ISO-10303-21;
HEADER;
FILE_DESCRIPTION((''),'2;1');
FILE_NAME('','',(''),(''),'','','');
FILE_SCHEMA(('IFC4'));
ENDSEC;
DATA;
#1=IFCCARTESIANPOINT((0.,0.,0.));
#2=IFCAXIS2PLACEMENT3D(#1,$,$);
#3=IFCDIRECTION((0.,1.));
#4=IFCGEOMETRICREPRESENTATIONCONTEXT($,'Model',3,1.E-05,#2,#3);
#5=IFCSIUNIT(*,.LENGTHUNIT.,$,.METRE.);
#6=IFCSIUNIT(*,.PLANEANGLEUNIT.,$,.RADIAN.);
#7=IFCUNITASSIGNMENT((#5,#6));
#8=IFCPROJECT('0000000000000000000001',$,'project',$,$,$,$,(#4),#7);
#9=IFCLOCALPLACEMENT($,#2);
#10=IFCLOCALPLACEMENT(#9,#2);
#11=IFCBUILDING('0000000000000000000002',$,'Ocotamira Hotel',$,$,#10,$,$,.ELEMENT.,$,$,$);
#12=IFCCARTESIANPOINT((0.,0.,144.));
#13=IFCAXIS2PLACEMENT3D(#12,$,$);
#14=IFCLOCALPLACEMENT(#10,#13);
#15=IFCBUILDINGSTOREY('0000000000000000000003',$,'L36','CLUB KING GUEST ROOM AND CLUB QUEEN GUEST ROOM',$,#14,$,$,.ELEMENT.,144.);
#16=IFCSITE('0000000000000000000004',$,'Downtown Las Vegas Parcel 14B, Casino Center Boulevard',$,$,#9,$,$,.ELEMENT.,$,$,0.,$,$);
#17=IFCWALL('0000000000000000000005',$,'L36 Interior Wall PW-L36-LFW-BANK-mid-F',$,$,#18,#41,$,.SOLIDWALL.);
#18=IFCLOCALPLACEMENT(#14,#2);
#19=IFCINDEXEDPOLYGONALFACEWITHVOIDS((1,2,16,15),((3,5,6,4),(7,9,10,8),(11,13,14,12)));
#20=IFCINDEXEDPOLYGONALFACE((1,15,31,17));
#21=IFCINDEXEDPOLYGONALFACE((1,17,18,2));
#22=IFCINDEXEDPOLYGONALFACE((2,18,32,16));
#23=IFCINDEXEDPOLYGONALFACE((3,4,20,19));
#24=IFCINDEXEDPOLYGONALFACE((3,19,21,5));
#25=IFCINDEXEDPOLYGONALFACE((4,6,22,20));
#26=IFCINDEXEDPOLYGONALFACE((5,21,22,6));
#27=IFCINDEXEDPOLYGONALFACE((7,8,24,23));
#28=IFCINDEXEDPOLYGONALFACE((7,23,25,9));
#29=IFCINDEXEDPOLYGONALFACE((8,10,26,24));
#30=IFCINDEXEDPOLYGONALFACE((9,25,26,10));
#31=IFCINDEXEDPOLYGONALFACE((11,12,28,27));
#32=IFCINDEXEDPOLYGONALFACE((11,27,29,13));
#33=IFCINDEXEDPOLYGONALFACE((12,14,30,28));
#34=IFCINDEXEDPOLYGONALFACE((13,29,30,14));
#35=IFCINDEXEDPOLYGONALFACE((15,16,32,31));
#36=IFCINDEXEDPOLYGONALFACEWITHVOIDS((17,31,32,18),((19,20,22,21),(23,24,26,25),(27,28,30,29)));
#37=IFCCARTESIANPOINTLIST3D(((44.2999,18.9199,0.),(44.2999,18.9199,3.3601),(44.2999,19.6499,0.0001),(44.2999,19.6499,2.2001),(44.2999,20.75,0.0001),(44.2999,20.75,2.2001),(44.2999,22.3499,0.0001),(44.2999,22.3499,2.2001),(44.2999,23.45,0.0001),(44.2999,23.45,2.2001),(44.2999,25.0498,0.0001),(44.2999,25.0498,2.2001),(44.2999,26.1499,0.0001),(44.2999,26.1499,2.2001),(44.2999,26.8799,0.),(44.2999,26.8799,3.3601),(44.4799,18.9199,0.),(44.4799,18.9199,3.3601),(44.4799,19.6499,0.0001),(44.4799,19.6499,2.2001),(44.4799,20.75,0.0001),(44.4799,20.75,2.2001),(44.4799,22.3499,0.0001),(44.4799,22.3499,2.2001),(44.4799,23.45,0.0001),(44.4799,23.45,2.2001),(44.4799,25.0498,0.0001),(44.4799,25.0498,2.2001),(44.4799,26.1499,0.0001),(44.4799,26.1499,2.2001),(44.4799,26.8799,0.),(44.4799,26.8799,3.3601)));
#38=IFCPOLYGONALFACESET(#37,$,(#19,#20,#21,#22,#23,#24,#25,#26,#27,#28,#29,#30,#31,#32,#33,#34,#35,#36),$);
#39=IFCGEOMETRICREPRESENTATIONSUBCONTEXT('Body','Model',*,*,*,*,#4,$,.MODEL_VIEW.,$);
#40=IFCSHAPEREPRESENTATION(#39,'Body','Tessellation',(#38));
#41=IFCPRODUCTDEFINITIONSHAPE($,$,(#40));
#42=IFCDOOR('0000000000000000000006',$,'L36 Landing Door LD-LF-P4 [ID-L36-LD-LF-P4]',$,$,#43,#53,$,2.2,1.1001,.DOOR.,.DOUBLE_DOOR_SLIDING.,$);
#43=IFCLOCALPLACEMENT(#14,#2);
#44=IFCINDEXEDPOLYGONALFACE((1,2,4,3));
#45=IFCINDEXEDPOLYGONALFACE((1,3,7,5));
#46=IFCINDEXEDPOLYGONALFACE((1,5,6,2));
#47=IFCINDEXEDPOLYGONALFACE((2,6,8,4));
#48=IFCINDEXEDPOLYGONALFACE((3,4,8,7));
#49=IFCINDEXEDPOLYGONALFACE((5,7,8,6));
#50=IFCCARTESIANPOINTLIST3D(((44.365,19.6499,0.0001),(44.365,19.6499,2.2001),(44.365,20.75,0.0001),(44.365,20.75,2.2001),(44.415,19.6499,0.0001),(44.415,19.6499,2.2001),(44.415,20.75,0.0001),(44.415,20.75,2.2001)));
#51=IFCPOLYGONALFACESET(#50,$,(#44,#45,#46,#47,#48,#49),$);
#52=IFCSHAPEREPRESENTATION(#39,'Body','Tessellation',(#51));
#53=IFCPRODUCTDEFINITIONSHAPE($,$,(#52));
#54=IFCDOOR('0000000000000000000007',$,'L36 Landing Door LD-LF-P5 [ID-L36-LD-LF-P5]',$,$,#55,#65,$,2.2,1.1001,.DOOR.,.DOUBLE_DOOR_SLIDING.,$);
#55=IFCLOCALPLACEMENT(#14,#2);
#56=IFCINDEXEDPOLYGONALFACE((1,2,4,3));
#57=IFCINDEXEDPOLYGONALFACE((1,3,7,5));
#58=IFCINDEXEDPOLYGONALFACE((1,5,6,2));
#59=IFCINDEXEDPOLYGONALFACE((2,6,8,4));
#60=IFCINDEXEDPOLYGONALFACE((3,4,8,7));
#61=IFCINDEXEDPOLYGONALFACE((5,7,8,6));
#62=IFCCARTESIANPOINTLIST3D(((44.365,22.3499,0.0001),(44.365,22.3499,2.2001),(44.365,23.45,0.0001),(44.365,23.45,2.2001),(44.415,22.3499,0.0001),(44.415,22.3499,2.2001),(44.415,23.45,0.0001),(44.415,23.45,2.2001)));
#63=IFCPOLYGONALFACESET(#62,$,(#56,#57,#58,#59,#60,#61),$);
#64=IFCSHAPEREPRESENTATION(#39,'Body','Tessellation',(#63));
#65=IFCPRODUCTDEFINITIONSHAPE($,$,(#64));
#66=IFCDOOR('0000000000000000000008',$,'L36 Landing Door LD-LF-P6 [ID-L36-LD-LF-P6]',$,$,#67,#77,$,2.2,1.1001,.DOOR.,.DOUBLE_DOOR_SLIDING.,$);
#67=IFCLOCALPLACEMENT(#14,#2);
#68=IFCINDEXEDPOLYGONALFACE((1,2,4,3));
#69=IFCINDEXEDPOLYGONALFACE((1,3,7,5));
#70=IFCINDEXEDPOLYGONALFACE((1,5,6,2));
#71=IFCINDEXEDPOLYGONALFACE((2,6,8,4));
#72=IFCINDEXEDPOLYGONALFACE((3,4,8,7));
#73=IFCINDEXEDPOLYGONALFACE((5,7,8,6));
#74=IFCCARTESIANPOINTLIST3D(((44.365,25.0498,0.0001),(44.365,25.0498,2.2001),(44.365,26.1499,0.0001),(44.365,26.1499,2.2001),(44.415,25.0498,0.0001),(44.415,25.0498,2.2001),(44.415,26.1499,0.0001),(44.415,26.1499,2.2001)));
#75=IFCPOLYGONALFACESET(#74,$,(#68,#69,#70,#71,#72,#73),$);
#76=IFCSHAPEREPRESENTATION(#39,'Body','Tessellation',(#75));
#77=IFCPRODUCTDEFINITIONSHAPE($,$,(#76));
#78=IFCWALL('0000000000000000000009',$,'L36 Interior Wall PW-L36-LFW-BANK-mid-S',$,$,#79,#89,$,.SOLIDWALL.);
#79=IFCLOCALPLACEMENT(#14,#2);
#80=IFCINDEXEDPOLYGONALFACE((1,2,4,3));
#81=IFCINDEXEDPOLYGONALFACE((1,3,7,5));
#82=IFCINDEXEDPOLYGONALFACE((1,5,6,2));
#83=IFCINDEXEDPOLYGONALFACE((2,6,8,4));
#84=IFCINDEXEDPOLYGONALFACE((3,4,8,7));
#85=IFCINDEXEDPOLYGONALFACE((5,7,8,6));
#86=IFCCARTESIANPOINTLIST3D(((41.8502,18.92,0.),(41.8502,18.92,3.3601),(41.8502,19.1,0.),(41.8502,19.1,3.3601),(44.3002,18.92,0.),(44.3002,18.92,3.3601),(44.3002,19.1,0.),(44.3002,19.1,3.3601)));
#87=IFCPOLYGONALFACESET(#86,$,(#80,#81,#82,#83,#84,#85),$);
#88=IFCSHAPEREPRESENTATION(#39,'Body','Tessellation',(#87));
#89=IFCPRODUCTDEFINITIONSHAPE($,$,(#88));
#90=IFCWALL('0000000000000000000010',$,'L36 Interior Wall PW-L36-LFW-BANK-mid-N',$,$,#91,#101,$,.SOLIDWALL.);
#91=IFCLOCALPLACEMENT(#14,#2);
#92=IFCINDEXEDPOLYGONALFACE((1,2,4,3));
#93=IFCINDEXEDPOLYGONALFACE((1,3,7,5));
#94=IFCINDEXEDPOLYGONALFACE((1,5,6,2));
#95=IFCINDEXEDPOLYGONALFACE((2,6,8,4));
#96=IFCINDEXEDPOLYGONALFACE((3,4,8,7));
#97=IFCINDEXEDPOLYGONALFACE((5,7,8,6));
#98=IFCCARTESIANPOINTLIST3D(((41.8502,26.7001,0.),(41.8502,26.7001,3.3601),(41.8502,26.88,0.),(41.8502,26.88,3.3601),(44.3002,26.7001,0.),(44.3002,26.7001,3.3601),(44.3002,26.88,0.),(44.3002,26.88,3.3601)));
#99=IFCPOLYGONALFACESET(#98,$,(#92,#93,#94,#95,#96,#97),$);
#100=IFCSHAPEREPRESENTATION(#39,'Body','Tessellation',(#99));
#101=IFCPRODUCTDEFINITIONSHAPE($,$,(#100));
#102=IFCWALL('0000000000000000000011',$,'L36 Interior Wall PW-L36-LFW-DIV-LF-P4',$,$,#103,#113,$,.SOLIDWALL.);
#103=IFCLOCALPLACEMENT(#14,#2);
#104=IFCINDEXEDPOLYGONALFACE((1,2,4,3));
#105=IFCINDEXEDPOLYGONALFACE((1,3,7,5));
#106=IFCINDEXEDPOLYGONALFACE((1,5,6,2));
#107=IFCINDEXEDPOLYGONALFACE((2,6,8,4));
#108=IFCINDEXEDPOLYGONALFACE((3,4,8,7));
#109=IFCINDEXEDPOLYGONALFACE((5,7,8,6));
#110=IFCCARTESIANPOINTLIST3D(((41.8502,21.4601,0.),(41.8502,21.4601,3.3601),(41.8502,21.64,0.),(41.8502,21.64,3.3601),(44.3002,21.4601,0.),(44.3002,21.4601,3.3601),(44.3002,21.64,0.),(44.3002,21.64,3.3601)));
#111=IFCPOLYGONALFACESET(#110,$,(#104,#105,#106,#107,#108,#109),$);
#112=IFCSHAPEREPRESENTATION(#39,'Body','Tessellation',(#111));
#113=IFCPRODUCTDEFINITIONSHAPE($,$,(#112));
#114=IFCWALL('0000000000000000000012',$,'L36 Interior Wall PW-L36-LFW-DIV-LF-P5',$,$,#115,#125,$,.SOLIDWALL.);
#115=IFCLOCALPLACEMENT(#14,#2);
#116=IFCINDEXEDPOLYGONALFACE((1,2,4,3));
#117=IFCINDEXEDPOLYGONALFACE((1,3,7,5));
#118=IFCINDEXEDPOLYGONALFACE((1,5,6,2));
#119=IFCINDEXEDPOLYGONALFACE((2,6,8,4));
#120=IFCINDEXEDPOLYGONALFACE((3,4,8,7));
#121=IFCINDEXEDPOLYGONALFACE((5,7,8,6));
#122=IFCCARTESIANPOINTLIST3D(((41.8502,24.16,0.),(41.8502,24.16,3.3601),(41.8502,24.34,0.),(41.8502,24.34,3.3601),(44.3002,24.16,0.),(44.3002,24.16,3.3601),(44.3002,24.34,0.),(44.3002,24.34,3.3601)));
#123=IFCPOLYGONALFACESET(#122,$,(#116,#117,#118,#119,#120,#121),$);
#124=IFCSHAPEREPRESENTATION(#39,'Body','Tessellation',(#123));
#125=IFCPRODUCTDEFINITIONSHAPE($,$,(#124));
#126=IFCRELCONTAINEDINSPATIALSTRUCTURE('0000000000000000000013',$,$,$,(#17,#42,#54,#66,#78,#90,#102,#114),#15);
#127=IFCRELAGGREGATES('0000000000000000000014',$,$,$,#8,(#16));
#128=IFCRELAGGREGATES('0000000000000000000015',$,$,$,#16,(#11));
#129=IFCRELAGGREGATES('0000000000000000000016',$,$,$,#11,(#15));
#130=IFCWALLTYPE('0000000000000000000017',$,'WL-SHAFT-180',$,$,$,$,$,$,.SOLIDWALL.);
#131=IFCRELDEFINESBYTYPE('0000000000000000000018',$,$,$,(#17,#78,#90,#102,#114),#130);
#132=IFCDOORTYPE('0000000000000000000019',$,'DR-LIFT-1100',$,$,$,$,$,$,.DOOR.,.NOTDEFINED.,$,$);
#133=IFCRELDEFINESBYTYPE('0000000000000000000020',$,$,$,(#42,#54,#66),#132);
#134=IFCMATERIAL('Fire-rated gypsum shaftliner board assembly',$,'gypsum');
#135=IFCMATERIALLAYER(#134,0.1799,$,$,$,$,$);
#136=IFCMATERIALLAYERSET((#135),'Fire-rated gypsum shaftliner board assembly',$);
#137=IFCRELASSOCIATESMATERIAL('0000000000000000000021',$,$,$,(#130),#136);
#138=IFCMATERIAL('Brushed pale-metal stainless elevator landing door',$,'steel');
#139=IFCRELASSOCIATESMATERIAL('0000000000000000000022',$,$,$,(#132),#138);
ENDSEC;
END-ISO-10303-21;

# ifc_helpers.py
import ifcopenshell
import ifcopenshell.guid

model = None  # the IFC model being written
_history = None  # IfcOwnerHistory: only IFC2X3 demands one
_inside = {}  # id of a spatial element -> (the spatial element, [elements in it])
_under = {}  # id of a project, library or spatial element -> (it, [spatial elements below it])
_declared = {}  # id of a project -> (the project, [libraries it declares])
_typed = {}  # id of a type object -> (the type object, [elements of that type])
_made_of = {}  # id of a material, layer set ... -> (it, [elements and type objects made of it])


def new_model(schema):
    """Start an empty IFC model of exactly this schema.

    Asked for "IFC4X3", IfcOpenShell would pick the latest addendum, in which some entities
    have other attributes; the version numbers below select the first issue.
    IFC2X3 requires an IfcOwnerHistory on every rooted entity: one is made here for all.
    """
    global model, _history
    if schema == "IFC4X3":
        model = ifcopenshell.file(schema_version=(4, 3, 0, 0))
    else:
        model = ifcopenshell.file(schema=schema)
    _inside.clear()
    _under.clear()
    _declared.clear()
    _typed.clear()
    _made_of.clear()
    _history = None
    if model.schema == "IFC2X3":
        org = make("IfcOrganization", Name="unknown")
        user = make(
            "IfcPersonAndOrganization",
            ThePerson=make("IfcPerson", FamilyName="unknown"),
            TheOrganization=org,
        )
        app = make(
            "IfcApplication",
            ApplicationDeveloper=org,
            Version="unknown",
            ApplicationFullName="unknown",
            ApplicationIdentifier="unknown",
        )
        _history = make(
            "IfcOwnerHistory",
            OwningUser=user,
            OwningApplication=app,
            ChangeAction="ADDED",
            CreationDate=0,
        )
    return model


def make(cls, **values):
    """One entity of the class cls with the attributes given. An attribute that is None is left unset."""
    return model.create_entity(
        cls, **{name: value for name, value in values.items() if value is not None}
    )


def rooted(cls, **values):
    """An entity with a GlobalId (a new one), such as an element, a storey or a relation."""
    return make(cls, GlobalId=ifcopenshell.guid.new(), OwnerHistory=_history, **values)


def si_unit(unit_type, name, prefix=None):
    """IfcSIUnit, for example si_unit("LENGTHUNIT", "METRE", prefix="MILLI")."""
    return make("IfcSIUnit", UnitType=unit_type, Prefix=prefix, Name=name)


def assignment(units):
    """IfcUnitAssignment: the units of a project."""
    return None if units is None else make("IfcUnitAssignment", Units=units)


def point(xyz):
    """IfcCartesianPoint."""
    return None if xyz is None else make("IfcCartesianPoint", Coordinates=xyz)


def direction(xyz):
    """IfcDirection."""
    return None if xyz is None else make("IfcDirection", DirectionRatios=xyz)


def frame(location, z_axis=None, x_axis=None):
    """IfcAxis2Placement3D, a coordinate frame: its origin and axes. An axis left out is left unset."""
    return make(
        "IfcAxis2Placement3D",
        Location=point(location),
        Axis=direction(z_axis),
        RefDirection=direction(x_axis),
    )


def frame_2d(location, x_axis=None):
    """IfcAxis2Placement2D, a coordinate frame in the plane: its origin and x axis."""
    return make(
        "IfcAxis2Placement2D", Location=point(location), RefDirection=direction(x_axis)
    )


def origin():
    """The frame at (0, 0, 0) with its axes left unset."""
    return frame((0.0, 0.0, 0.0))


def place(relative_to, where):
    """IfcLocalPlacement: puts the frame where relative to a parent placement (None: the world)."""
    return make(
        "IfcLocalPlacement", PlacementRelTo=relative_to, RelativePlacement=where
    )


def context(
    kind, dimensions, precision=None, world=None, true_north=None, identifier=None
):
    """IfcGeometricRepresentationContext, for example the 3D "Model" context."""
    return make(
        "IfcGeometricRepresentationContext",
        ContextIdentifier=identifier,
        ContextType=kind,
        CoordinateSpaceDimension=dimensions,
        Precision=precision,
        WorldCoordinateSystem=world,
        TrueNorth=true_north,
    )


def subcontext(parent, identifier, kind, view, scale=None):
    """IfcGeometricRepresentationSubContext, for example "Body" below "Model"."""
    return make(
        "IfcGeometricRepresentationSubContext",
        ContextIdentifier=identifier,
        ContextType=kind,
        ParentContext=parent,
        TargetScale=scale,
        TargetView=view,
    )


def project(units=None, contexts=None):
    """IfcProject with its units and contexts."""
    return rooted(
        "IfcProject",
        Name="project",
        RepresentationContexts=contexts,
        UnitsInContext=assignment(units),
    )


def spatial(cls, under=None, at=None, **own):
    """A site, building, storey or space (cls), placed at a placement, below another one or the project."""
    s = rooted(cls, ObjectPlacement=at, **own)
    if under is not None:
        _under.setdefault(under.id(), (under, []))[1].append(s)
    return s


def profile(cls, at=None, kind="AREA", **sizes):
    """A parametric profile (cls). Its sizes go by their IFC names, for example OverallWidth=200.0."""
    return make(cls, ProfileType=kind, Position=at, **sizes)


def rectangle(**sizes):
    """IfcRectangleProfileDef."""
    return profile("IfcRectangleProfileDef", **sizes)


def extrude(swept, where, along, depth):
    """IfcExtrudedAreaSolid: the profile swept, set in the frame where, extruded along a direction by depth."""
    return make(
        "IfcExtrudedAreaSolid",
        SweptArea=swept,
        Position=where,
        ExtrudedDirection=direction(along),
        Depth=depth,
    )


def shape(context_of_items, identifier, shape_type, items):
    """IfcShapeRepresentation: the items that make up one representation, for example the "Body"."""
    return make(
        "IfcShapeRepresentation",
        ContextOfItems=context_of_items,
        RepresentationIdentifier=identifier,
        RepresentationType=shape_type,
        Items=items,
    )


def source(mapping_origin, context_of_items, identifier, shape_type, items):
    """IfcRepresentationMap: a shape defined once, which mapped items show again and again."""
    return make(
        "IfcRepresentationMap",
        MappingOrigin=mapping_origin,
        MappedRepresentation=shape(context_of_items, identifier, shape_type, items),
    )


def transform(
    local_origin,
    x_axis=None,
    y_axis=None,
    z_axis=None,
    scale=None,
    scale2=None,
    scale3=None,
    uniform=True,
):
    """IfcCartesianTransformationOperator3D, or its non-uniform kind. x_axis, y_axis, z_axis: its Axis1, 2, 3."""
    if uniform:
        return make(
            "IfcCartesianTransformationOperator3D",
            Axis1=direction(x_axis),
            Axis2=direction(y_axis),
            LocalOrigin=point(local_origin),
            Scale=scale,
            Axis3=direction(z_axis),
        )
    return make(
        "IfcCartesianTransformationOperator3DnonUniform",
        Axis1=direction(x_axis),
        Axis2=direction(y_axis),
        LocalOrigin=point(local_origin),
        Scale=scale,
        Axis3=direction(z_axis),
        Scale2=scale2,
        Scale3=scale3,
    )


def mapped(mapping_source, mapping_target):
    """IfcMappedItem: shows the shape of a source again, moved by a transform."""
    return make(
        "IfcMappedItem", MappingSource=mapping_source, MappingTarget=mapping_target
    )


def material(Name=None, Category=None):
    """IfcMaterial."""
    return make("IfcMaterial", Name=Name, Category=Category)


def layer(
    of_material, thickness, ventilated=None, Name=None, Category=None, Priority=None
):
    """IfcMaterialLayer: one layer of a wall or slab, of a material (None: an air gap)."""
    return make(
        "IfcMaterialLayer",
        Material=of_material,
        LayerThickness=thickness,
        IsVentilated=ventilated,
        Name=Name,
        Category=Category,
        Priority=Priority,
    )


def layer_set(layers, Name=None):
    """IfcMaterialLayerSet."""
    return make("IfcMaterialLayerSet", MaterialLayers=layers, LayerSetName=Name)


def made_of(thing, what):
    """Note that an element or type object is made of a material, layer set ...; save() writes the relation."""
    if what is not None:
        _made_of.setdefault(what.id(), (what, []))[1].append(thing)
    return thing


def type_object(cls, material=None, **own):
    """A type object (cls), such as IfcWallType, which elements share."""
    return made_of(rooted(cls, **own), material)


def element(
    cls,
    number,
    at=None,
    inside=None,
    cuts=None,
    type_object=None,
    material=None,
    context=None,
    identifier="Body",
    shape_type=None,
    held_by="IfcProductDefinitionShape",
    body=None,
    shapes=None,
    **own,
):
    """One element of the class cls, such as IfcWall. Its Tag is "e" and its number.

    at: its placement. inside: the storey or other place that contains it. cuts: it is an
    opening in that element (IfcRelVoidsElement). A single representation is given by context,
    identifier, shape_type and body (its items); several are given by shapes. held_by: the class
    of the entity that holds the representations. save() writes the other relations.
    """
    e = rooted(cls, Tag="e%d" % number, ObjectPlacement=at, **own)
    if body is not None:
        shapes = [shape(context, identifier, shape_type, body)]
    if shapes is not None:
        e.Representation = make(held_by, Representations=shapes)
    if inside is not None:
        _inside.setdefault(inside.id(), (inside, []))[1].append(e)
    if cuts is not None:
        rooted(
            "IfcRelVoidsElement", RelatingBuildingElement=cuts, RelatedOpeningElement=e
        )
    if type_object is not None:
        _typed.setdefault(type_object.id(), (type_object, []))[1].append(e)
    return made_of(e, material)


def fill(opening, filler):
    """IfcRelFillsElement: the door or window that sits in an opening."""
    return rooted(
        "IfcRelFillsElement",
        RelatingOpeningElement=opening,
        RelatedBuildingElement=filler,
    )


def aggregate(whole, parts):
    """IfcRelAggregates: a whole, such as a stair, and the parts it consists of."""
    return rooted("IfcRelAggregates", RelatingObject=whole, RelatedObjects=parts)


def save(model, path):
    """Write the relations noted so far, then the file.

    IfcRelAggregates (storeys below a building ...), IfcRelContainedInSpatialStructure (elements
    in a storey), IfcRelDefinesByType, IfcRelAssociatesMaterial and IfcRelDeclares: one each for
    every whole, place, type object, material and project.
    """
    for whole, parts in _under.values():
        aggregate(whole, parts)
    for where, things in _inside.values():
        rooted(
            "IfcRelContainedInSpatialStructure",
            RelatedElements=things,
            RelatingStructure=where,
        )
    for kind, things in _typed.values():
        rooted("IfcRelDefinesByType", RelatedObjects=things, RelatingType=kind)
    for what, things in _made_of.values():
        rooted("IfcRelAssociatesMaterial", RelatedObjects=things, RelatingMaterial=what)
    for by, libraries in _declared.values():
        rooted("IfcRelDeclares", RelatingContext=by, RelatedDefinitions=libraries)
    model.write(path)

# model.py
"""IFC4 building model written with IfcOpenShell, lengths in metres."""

from ifc_helpers import new_model, si_unit, direction, frame, frame_2d, origin, place, context, subcontext, project, spatial, rectangle, extrude, source, transform, mapped, material, layer, layer_set, type_object, element, fill, save


model = new_model("IFC4")

# Units and contexts
model_context = context("Model", 3, precision=1e-05, world=origin(), true_north=direction((0.0, 1.0)))
body_context = subcontext(model_context, "Body", "Model", "MODEL_VIEW")
ifc_project = project(units=[si_unit("LENGTHUNIT", "METRE"), si_unit("PLANEANGLEUNIT", "RADIAN")], contexts=[model_context])

# Site, building, storey
site_placement = place(None, origin())
site = spatial("IfcSite", under=ifc_project, at=site_placement, Name="Downtown Las Vegas Parcel 14B, Casino Center Boulevard", CompositionType="ELEMENT", RefElevation=0.0)
building_placement = place(site_placement, origin())
building = spatial("IfcBuilding", under=site, at=building_placement, Name="Ocotamira Hotel", CompositionType="ELEMENT")
storey_placement = place(building_placement, frame((0.0, 0.0, 144.0)))
storey = spatial("IfcBuildingStorey", under=building, at=storey_placement, Name="L36", Description="CLUB KING GUEST ROOM AND CLUB QUEEN GUEST ROOM", CompositionType="ELEMENT", Elevation=144.0)

# Wall, openings, doors
ifc_material_1 = material(Name="Fire-rated gypsum shaftliner board assembly", Category="gypsum")
ifc_layer_1 = layer(ifc_material_1, 0.1799)
ifc_layer_set_1 = layer_set([ifc_layer_1], Name="Fire-rated gypsum shaftliner board assembly")
wall_type_1 = type_object("IfcWallType", Name="WL-SHAFT-180", PredefinedType="SOLIDWALL", material=ifc_layer_set_1)
wall_1_placement = place(storey_placement, frame((44.3899, 18.9199, 0.0), z_axis=(0.0, 0.0, 1.0), x_axis=(0.0, 1.0, 0.0)))
wall_1 = element("IfcWall", 1, at=wall_1_placement, inside=storey, type_object=wall_type_1, Name="L36 Interior Wall PW-L36-LFW-BANK-mid-F", PredefinedType="SOLIDWALL", context=body_context, shape_type="SweptSolid", body=[
    extrude(rectangle(XDim=7.96, YDim=0.1799, at=frame_2d((3.98, 0.0))), origin(), (0.0, 0.0, 1.0), 3.3601),
])
opening_1_placement = place(wall_1_placement, frame((0.73, 0.0, 0.0)))
opening_1 = element("IfcOpeningElement", 2, at=opening_1_placement, cuts=wall_1, PredefinedType="OPENING", context=body_context, shape_type="SweptSolid", body=[
    extrude(rectangle(XDim=1.1001, YDim=2.2, at=frame_2d((0.55, 1.1001))), frame((0.0, 0.1001, 0.0), z_axis=(0.0, -1.0, 0.0), x_axis=(1.0, 0.0, 0.0)), (0.0, 0.0, 1.0), 0.2),
])
opening_2_placement = place(wall_1_placement, frame((3.4299, 0.0, 0.0)))
opening_2 = element("IfcOpeningElement", 3, at=opening_2_placement, cuts=wall_1, PredefinedType="OPENING", context=body_context, shape_type="SweptSolid", body=[
    extrude(rectangle(XDim=1.1001, YDim=2.2, at=frame_2d((0.55, 1.1001))), frame((0.0, 0.1001, 0.0), z_axis=(0.0, -1.0, 0.0), x_axis=(1.0, 0.0, 0.0)), (0.0, 0.0, 1.0), 0.2),
])
opening_3_placement = place(wall_1_placement, frame((6.1299, 0.0, 0.0)))
opening_3 = element("IfcOpeningElement", 4, at=opening_3_placement, cuts=wall_1, PredefinedType="OPENING", context=body_context, shape_type="SweptSolid", body=[
    extrude(rectangle(XDim=1.1001, YDim=2.2, at=frame_2d((0.55, 1.1001))), frame((0.0, 0.1001, 0.0), z_axis=(0.0, -1.0, 0.0), x_axis=(1.0, 0.0, 0.0)), (0.0, 0.0, 1.0), 0.2),
])
ifc_material_2 = material(Name="Brushed pale-metal stainless elevator landing door", Category="steel")
door_type_1 = type_object("IfcDoorType", Name="DR-LIFT-1100", OperationType="NOTDEFINED", PredefinedType="DOOR", material=ifc_material_2)
shared_shape_1 = source(origin(), body_context, "Body", "SweptSolid", [
    extrude(rectangle(XDim=1.1001, YDim=2.2, at=frame_2d((0.55, 1.1001))), frame((0.0, 0.0249, 0.0), z_axis=(0.0, -1.0, 0.0), x_axis=(1.0, 0.0, 0.0)), (0.0, 0.0, 1.0), 0.05),
])
door_1_placement = place(opening_1_placement, origin())
door_1 = element("IfcDoor", 5, at=door_1_placement, inside=storey, type_object=door_type_1, Name="L36 Landing Door LD-LF-P4 [ID-L36-LD-LF-P4]", OperationType="DOUBLE_DOOR_SLIDING", OverallHeight=2.2, OverallWidth=1.1001, PredefinedType="DOOR", context=body_context, shape_type="MappedRepresentation", body=[
    mapped(shared_shape_1, transform((0.0, 0.0, 0.0), scale=1.0)),
])
fill(opening_1, door_1)
door_2_placement = place(opening_2_placement, origin())
door_2 = element("IfcDoor", 6, at=door_2_placement, inside=storey, type_object=door_type_1, Name="L36 Landing Door LD-LF-P5 [ID-L36-LD-LF-P5]", OperationType="DOUBLE_DOOR_SLIDING", OverallHeight=2.2, OverallWidth=1.1001, PredefinedType="DOOR", context=body_context, shape_type="MappedRepresentation", body=[
    mapped(shared_shape_1, transform((0.0, 0.0, 0.0), scale=1.0)),
])
fill(opening_2, door_2)
door_3_placement = place(opening_3_placement, origin())
door_3 = element("IfcDoor", 7, at=door_3_placement, inside=storey, type_object=door_type_1, Name="L36 Landing Door LD-LF-P6 [ID-L36-LD-LF-P6]", OperationType="DOUBLE_DOOR_SLIDING", OverallHeight=2.2, OverallWidth=1.1001, PredefinedType="DOOR", context=body_context, shape_type="MappedRepresentation", body=[
    mapped(shared_shape_1, transform((0.0, 0.0, 0.0), scale=1.0)),
])
fill(opening_3, door_3)

# Walls
for number, where, z_axis, x_axis, name in (
    (8, (41.8501, 19.01, 0.0), (0.0, 0.0, 1.0), (1.0, 0.0, 0.0), "L36 Interior Wall PW-L36-LFW-BANK-mid-S"),
    (9, (41.8501, 26.79, 0.0), (0.0, 0.0, 1.0), (1.0, 0.0, 0.0), "L36 Interior Wall PW-L36-LFW-BANK-mid-N"),
    (10, (41.8501, 21.55, 0.0), (0.0, 0.0, 1.0), (1.0, 0.0, 0.0), "L36 Interior Wall PW-L36-LFW-DIV-LF-P4"),
    (11, (41.8501, 24.25, 0.0), (0.0, 0.0, 1.0), (1.0, 0.0, 0.0), "L36 Interior Wall PW-L36-LFW-DIV-LF-P5"),
):
    element("IfcWall", number, at=place(storey_placement, frame(where, z_axis=z_axis, x_axis=x_axis)), inside=storey, type_object=wall_type_1, Name=name, PredefinedType="SOLIDWALL", context=body_context, shape_type="SweptSolid", body=[
        extrude(rectangle(XDim=2.45, YDim=0.1799, at=frame_2d((1.2251, 0.0))), origin(), (0.0, 0.0, 1.0), 3.3601),
    ])

save(model, "model.ifc")
